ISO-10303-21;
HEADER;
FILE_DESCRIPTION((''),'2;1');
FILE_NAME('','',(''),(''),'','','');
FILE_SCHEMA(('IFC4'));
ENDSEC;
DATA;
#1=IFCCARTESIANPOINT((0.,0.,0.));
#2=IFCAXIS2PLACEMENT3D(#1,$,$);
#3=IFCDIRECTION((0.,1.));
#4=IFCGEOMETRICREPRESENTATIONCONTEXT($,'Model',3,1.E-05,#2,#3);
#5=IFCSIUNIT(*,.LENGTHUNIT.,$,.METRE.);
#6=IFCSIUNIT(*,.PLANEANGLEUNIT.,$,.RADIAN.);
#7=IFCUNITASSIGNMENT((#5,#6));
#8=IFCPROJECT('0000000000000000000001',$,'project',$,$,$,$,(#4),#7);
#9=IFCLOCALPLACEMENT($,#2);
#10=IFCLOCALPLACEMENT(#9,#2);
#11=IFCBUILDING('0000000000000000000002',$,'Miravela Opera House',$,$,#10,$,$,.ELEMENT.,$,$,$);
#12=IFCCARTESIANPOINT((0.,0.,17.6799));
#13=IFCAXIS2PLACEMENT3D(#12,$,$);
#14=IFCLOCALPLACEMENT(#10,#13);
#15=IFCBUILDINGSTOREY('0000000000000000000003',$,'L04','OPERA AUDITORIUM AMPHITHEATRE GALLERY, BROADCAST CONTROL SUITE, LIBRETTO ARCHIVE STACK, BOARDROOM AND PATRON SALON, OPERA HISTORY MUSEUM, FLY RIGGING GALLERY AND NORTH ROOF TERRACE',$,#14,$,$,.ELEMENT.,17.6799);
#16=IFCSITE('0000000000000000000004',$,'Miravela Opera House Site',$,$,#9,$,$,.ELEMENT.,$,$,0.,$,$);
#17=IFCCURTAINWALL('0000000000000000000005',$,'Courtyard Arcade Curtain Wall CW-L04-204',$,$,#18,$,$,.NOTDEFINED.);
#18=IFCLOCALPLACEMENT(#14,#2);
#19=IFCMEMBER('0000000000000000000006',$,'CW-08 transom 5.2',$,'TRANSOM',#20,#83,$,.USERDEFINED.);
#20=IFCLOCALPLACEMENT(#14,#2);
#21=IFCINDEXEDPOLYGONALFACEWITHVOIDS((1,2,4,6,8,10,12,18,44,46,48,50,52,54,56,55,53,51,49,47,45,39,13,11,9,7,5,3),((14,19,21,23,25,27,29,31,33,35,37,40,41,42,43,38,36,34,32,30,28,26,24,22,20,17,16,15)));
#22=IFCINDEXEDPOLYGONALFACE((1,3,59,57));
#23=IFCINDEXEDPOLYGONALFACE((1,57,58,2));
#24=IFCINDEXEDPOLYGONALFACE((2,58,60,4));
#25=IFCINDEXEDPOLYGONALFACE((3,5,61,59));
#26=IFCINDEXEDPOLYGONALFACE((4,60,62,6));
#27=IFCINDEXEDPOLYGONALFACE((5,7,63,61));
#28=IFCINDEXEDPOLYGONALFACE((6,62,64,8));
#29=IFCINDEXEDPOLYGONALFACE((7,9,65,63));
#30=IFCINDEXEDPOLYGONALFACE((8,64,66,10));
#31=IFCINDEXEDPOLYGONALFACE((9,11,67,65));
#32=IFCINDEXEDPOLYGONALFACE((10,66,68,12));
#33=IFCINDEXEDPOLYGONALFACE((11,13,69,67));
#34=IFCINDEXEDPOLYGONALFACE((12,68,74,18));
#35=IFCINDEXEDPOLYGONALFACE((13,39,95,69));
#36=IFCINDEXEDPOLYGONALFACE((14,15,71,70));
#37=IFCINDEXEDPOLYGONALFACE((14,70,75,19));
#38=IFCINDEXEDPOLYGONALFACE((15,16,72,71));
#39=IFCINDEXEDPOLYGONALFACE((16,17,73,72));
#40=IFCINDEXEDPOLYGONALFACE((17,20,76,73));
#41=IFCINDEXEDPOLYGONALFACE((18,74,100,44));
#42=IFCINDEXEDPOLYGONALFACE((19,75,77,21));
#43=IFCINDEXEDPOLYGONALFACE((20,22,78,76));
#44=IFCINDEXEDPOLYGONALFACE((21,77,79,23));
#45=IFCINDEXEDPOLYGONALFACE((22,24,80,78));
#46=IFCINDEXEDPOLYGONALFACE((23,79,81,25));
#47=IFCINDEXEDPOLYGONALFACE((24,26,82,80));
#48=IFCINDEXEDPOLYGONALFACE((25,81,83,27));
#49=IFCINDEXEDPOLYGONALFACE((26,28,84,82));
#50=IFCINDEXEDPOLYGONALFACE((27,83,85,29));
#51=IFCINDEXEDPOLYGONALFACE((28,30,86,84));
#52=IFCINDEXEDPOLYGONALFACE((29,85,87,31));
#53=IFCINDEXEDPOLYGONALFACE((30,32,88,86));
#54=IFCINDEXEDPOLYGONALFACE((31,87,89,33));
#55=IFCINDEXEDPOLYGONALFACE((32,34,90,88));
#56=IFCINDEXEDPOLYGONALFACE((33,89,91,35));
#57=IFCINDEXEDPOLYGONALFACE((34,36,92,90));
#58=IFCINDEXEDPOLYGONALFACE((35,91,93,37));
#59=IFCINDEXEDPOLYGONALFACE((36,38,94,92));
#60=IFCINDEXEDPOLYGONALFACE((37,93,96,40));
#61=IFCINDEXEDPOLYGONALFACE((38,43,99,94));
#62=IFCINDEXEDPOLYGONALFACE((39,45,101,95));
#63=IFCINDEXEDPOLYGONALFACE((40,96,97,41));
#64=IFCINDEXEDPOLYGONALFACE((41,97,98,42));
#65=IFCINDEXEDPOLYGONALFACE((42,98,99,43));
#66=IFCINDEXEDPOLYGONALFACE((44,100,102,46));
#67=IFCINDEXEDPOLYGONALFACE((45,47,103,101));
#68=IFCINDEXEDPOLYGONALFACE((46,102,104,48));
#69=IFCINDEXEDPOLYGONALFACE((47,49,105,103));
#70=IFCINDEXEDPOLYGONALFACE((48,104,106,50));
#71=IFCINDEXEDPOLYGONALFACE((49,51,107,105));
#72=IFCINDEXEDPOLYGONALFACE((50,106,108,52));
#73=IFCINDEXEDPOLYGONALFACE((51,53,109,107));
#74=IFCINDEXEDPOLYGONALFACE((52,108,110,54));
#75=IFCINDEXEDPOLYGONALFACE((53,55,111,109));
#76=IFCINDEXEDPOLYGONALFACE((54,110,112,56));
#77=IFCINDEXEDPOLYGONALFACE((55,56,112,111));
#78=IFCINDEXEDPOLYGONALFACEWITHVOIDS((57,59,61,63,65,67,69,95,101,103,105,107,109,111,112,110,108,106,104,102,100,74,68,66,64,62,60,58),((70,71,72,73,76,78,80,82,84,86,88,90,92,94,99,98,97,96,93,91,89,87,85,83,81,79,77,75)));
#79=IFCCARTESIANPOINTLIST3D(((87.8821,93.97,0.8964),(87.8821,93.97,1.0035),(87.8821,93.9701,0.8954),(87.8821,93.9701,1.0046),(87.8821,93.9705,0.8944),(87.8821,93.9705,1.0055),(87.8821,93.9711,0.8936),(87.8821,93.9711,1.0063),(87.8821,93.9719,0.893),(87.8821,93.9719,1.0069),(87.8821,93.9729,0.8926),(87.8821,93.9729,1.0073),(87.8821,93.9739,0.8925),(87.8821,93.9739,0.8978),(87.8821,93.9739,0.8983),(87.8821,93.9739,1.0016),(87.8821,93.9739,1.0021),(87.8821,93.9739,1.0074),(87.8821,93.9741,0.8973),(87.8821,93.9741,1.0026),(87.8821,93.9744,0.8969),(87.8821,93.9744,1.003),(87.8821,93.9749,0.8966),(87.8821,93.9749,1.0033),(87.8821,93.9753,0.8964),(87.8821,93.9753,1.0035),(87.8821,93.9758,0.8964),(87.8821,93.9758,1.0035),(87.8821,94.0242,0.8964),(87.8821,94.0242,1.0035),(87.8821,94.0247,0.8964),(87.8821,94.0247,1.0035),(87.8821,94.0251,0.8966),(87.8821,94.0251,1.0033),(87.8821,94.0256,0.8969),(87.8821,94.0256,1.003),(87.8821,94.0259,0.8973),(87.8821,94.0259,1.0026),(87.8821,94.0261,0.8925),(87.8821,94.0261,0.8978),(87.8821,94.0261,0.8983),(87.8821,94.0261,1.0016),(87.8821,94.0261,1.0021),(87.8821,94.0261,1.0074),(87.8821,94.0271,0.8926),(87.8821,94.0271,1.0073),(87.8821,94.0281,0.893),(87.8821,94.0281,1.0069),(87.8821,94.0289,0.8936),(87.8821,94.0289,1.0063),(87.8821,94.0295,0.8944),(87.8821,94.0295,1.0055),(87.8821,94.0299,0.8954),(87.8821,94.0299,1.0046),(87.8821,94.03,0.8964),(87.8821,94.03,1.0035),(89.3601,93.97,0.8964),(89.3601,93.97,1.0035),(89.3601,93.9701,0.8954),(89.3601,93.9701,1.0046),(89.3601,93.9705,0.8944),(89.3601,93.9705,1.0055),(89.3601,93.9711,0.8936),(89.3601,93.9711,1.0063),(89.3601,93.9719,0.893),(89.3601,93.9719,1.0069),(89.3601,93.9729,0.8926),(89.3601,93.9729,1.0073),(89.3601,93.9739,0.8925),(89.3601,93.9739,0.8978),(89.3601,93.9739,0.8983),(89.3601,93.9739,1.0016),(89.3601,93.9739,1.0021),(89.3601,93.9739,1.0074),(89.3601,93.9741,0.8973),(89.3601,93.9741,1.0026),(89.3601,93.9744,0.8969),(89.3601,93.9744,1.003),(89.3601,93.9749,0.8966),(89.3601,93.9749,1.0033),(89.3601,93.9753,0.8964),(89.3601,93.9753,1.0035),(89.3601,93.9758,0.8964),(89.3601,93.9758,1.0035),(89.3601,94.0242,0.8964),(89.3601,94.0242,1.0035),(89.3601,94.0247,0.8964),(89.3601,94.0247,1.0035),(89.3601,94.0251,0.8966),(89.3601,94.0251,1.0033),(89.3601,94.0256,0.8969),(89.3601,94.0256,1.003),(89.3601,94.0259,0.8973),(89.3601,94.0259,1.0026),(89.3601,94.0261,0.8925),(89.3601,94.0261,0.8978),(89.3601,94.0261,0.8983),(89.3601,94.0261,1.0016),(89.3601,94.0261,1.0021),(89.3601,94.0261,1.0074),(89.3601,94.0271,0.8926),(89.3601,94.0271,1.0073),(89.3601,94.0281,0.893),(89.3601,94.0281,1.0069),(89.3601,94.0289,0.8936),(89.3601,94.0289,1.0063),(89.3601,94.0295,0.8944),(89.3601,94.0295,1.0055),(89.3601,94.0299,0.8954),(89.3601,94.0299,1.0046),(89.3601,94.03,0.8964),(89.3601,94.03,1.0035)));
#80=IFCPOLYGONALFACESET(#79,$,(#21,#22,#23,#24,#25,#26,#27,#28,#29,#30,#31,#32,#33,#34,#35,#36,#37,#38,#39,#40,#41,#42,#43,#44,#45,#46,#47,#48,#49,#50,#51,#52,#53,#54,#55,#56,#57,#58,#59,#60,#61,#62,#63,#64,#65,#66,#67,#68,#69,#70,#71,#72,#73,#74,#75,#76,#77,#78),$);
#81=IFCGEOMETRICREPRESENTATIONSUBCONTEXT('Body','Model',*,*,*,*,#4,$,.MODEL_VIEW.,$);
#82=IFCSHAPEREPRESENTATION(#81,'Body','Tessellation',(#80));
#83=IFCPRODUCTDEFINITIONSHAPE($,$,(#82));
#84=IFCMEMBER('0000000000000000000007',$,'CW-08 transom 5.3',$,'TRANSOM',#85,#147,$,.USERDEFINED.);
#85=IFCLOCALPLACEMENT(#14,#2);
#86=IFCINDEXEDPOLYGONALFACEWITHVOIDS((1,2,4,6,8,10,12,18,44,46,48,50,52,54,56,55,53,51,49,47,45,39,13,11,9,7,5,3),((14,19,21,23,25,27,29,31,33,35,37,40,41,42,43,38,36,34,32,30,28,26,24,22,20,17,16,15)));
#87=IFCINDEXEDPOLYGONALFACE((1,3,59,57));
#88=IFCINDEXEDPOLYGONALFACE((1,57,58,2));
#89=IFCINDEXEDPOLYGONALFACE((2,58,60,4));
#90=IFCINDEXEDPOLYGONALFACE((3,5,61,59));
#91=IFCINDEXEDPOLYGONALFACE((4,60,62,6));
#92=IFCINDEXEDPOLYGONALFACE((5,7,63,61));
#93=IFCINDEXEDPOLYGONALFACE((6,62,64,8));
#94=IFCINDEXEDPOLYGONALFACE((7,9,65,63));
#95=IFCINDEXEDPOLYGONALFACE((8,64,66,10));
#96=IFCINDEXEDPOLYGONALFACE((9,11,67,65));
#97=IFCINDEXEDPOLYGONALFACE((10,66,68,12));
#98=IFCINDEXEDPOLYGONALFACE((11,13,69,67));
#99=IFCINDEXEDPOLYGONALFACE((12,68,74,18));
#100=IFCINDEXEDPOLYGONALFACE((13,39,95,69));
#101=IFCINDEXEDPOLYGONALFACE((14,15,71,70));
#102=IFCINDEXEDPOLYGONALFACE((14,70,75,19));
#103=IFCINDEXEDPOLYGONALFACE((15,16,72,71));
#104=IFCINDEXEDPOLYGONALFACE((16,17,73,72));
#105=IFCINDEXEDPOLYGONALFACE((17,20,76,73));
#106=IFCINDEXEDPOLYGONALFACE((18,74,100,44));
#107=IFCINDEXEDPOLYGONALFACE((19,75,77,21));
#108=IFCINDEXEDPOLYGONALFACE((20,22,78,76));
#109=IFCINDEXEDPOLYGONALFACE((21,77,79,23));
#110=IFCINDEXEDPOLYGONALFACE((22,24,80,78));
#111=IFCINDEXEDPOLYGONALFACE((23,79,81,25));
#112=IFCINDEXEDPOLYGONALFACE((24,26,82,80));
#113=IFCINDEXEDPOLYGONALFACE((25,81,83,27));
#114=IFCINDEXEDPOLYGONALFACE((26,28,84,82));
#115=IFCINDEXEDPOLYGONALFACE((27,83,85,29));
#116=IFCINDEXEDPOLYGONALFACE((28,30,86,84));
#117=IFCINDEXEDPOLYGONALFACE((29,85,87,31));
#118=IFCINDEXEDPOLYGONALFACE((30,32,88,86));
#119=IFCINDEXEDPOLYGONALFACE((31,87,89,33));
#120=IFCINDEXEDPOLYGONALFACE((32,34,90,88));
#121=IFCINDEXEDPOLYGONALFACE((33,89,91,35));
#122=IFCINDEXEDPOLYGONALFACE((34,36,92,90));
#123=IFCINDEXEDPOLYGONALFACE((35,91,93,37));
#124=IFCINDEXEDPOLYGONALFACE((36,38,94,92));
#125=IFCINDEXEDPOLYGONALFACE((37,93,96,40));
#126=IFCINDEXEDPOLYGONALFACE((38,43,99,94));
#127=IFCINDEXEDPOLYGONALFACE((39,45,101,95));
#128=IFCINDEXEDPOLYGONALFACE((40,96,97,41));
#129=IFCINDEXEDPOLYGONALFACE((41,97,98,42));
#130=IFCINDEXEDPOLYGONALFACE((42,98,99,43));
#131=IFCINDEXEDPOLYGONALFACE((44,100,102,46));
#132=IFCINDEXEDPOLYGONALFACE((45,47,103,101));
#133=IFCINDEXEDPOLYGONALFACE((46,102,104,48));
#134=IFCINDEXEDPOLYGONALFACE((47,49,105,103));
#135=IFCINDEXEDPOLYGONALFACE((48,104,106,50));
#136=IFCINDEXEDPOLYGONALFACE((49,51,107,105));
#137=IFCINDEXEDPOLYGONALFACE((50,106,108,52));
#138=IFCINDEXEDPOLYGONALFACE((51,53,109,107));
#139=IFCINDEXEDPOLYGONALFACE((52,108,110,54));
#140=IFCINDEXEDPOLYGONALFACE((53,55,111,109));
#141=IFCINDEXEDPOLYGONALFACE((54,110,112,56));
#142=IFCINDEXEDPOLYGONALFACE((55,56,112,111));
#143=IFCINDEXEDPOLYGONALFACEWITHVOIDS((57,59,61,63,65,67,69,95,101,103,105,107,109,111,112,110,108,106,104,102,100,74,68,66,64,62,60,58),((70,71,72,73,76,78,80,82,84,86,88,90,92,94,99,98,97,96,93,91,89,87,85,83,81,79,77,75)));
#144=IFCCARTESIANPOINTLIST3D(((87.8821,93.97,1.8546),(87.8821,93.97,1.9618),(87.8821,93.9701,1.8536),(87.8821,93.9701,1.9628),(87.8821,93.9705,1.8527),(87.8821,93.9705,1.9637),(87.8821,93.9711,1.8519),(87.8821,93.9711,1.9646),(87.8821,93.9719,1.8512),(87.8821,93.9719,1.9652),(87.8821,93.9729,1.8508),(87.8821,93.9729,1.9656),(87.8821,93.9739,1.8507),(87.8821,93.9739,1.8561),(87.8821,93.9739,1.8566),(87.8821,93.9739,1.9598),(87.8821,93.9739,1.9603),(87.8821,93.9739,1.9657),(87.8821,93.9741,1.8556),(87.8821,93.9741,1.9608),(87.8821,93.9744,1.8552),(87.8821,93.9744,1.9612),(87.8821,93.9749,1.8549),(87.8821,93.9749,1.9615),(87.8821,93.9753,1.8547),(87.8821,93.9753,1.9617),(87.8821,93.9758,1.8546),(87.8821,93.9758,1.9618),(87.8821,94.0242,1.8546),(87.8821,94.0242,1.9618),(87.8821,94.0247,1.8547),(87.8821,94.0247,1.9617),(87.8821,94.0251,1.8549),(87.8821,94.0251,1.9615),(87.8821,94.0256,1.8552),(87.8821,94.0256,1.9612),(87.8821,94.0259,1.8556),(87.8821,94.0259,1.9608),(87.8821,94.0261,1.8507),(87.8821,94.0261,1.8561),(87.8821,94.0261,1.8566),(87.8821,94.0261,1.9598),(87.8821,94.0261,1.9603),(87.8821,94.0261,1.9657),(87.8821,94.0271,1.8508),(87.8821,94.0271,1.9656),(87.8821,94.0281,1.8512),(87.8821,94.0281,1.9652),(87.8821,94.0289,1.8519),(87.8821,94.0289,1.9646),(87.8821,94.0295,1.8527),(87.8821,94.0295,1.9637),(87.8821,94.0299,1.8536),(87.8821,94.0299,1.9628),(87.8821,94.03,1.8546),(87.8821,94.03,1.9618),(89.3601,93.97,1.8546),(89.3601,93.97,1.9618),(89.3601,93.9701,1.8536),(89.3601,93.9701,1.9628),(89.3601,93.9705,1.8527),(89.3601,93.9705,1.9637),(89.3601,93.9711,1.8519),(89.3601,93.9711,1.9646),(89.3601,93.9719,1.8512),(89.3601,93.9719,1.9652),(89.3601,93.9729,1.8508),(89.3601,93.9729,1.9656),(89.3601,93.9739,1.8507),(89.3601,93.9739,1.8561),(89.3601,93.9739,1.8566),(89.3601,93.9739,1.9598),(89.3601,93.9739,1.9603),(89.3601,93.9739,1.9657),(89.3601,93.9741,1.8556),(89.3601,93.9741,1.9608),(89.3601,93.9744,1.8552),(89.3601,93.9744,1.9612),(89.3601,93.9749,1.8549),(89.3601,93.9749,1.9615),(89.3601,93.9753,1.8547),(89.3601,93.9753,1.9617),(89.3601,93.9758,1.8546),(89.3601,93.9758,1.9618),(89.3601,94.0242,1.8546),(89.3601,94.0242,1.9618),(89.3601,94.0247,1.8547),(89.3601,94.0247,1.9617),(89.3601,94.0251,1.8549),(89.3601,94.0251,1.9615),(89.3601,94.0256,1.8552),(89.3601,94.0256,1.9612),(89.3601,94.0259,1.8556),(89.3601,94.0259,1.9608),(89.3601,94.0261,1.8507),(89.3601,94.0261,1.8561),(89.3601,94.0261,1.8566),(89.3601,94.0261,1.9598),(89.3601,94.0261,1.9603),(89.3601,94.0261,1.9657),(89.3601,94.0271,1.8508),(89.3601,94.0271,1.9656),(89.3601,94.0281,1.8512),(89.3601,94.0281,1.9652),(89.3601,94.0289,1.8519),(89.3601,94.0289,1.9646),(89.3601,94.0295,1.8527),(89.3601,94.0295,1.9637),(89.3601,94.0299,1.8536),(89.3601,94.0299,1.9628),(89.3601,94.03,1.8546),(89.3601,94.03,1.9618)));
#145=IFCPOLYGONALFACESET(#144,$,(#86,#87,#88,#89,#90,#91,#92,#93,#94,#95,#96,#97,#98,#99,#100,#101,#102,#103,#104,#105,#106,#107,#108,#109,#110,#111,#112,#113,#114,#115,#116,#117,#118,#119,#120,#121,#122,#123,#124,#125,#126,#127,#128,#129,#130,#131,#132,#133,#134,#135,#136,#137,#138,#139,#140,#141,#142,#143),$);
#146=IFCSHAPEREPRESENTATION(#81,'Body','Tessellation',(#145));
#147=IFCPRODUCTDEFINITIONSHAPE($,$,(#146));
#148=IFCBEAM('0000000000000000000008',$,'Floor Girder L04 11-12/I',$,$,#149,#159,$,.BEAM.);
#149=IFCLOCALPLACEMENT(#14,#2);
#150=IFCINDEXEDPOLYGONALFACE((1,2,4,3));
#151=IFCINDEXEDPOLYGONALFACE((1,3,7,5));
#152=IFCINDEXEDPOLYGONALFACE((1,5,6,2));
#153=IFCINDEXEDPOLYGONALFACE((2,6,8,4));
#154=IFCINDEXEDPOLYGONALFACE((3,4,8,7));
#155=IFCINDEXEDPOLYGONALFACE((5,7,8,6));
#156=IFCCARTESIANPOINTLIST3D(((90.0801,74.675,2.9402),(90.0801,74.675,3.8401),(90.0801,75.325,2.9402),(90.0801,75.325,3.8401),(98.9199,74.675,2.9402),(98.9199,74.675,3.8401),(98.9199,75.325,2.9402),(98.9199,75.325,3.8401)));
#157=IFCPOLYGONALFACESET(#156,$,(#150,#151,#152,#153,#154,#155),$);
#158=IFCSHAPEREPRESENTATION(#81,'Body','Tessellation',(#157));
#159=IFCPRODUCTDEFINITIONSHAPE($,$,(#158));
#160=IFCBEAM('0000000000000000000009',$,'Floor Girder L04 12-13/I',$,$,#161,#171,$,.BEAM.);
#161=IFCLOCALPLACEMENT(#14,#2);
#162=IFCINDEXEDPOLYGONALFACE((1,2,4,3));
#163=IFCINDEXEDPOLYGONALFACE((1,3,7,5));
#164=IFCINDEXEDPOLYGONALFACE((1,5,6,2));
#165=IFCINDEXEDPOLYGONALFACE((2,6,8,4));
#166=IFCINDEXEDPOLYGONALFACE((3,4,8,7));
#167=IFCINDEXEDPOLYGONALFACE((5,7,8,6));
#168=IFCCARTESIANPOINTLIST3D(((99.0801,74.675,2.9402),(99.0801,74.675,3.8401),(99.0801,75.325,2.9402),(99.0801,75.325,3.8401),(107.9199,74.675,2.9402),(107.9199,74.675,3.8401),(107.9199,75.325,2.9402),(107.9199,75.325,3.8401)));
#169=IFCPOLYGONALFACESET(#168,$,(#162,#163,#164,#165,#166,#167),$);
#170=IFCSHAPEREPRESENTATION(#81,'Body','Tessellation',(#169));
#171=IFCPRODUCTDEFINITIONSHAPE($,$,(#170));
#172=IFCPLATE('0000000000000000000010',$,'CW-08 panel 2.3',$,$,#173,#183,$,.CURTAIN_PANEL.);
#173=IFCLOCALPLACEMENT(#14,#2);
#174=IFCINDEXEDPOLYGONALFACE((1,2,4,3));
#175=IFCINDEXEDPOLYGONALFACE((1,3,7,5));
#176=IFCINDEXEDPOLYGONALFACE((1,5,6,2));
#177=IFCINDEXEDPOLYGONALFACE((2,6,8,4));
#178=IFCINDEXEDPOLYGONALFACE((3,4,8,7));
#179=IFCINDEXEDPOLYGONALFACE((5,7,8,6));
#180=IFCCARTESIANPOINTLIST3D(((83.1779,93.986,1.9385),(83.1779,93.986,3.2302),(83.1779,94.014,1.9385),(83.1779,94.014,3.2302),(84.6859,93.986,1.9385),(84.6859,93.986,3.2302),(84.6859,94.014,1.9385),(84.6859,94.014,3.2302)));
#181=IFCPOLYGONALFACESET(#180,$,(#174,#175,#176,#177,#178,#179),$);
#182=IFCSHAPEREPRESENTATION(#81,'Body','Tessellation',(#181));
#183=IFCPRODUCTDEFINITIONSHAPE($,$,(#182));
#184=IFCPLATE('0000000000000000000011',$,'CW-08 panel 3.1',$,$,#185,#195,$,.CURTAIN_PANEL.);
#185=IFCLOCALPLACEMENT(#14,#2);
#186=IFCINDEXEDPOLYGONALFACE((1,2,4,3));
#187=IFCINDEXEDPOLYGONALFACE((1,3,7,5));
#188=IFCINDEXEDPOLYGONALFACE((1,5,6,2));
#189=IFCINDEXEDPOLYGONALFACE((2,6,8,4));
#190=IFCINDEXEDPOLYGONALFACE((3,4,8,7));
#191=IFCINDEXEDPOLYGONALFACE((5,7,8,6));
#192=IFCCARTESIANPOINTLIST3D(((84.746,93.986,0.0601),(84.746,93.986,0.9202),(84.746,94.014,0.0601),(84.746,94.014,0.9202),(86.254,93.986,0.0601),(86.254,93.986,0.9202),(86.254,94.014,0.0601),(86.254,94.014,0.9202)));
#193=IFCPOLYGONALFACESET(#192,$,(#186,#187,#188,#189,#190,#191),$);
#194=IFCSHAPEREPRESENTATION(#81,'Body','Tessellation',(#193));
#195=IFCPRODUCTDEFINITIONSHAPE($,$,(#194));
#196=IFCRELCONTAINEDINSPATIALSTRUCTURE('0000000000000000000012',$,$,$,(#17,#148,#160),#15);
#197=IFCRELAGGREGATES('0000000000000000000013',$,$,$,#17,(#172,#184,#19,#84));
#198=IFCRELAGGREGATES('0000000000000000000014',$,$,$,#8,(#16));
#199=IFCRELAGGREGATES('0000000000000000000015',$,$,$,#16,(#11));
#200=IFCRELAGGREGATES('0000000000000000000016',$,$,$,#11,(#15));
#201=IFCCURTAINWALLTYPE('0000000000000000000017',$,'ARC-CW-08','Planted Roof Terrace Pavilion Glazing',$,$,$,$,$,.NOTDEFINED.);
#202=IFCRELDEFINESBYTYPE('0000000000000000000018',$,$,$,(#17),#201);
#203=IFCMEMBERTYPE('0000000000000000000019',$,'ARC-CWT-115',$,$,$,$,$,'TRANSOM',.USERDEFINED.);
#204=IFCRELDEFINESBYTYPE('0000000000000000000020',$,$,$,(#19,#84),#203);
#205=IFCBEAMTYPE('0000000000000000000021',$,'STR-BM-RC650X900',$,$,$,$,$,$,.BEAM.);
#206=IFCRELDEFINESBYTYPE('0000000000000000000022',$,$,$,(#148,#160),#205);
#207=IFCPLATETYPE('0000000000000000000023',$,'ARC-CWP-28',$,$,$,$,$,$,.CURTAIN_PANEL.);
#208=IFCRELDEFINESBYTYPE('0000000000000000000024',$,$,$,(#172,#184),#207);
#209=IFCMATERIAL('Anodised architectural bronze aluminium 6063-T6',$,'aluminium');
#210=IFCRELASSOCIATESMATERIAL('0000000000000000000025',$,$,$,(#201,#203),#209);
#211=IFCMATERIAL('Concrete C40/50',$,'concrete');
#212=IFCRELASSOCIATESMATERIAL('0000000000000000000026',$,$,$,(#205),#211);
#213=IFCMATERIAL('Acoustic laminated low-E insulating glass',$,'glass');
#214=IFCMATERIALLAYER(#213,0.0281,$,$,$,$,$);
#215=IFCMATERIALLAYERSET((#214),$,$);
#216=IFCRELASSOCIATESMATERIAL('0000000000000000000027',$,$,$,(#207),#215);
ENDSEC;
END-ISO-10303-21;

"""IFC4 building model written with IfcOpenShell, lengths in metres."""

from ifc_helpers import new_model, si_unit, direction, frame, origin, origin_2d, place, context, subcontext, project, spatial, rectangle, hollow_rectangle, extrude, material, layer, layer_set, material_profile, profile_set, type_object, element, aggregate, save


model = new_model("IFC4")

# Units and contexts
model_context = context("Model", 3, precision=1e-05, world=origin(), true_north=direction((0.0, 1.0)))
body_context = subcontext(model_context, "Body", "Model", "MODEL_VIEW")
ifc_project = project(units=[si_unit("LENGTHUNIT", "METRE"), si_unit("PLANEANGLEUNIT", "RADIAN")], contexts=[model_context])

# Site, building, storey
site_placement = place(None, origin())
site = spatial("IfcSite", under=ifc_project, at=site_placement, Name="Miravela Opera House Site", CompositionType="ELEMENT", RefElevation=0.0)
building_placement = place(site_placement, origin())
building = spatial("IfcBuilding", under=site, at=building_placement, Name="Miravela Opera House", CompositionType="ELEMENT")
storey_placement = place(building_placement, frame((0.0, 0.0, 17.6799)))
storey = spatial("IfcBuildingStorey", under=building, at=storey_placement, Name="L04", Description="OPERA AUDITORIUM AMPHITHEATRE GALLERY, BROADCAST CONTROL SUITE, LIBRETTO ARCHIVE STACK, BOARDROOM AND PATRON SALON, OPERA HISTORY MUSEUM, FLY RIGGING GALLERY AND NORTH ROOF TERRACE", CompositionType="ELEMENT", Elevation=17.6799)

# Curtain wall, members
ifc_material_1 = material(Name="Anodised architectural bronze aluminium 6063-T6", Category="aluminium")
curtain_wall_type = type_object("IfcCurtainWallType", Name="ARC-CW-08", Description="Planted Roof Terrace Pavilion Glazing", PredefinedType="NOTDEFINED", material=ifc_material_1)
curtain_wall_placement = place(storey_placement, origin())
curtain_wall = element("IfcCurtainWall", 1, at=curtain_wall_placement, inside=storey, type_object=curtain_wall_type, Name="Courtyard Arcade Curtain Wall CW-L04-204", PredefinedType="NOTDEFINED")
ifc_material_profile_1 = material_profile(ifc_material_1, hollow_rectangle(XDim=0.0601, YDim=0.115, WallThickness=0.0039, InnerFilletRadius=0.002, OuterFilletRadius=0.0039, at=origin_2d()), Name="CWT-60X115")
ifc_profile_set_1 = profile_set([ifc_material_profile_1])
member_type_1 = type_object("IfcMemberType", Name="ARC-CWT-115", ElementType="TRANSOM", PredefinedType="USERDEFINED", material=ifc_profile_set_1)
member_1_placement = place(storey_placement, frame((87.8821, 94.0, 0.95), z_axis=(1.0, 0.0, 0.0), x_axis=(0.0, 1.0, 0.0)))
member_1 = element("IfcMember", 2, at=member_1_placement, type_object=member_type_1, Name="CW-08 transom 5.2", ObjectType="TRANSOM", PredefinedType="USERDEFINED", context=body_context, shape_type="SweptSolid", body=[
    extrude(hollow_rectangle(XDim=0.0601, YDim=0.115, WallThickness=0.0039, InnerFilletRadius=0.002, OuterFilletRadius=0.0039, at=origin_2d()), origin(), (0.0, 0.0, 1.0), 1.478),
])
member_2_placement = place(storey_placement, frame((87.8821, 94.0, 1.9082), z_axis=(1.0, 0.0, 0.0), x_axis=(0.0, 1.0, 0.0)))
member_2 = element("IfcMember", 3, at=member_2_placement, type_object=member_type_1, Name="CW-08 transom 5.3", ObjectType="TRANSOM", PredefinedType="USERDEFINED", context=body_context, shape_type="SweptSolid", body=[
    extrude(hollow_rectangle(XDim=0.0601, YDim=0.115, WallThickness=0.0039, InnerFilletRadius=0.002, OuterFilletRadius=0.0039, at=origin_2d()), origin(), (0.0, 0.0, 1.0), 1.478),
])

# Beams
ifc_material_2 = material(Name="Concrete C40/50", Category="concrete")
ifc_material_profile_2 = material_profile(ifc_material_2, rectangle(XDim=0.6499, YDim=0.8999, at=origin_2d()), Name="RC-BM-650X900")
ifc_profile_set_2 = profile_set([ifc_material_profile_2])
beam_type = type_object("IfcBeamType", Name="STR-BM-RC650X900", PredefinedType="BEAM", material=ifc_profile_set_2)
for number, where, z_axis, x_axis, name in (
    (4, (90.0801, 75.0, 3.3901), (1.0, 0.0, 0.0), (0.0, 1.0, 0.0), "Floor Girder L04 11-12/I"),
    (5, (99.0801, 75.0, 3.3901), (1.0, 0.0, 0.0), (0.0, 1.0, 0.0), "Floor Girder L04 12-13/I"),
):
    element("IfcBeam", number, at=place(storey_placement, frame(where, z_axis=z_axis, x_axis=x_axis)), inside=storey, type_object=beam_type, Name=name, PredefinedType="BEAM", context=body_context, shape_type="SweptSolid", body=[
        extrude(rectangle(XDim=0.6499, YDim=0.8999, at=origin_2d()), origin(), (0.0, 0.0, 1.0), 8.8398),
    ])

# Plates
ifc_material_3 = material(Name="Acoustic laminated low-E insulating glass", Category="glass")
ifc_layer_1 = layer(ifc_material_3, 0.0281)
ifc_layer_set_1 = layer_set([ifc_layer_1])
plate_type = type_object("IfcPlateType", Name="ARC-CWP-28", PredefinedType="CURTAIN_PANEL", material=ifc_layer_set_1)
plate_1_placement = place(storey_placement, frame((83.9319, 94.0, 1.9385), z_axis=(0.0, 0.0, 1.0), x_axis=(1.0, 0.0, 0.0)))
plate_1 = element("IfcPlate", 6, at=plate_1_placement, type_object=plate_type, Name="CW-08 panel 2.3", PredefinedType="CURTAIN_PANEL", context=body_context, shape_type="SweptSolid", body=[
    extrude(rectangle(XDim=1.5081, YDim=0.0281, at=origin_2d()), origin(), (0.0, 0.0, 1.0), 1.2917),
])
plate_2_placement = place(storey_placement, frame((85.5, 94.0, 0.0601), z_axis=(0.0, 0.0, 1.0), x_axis=(1.0, 0.0, 0.0)))
plate_2 = element("IfcPlate", 7, at=plate_2_placement, type_object=plate_type, Name="CW-08 panel 3.1", PredefinedType="CURTAIN_PANEL", context=body_context, shape_type="SweptSolid", body=[
    extrude(rectangle(XDim=1.5081, YDim=0.0281, at=origin_2d()), origin(), (0.0, 0.0, 1.0), 0.8601),
])
aggregate(curtain_wall, [plate_1, plate_2, member_1, member_2])

save(model, "model.ifc")
